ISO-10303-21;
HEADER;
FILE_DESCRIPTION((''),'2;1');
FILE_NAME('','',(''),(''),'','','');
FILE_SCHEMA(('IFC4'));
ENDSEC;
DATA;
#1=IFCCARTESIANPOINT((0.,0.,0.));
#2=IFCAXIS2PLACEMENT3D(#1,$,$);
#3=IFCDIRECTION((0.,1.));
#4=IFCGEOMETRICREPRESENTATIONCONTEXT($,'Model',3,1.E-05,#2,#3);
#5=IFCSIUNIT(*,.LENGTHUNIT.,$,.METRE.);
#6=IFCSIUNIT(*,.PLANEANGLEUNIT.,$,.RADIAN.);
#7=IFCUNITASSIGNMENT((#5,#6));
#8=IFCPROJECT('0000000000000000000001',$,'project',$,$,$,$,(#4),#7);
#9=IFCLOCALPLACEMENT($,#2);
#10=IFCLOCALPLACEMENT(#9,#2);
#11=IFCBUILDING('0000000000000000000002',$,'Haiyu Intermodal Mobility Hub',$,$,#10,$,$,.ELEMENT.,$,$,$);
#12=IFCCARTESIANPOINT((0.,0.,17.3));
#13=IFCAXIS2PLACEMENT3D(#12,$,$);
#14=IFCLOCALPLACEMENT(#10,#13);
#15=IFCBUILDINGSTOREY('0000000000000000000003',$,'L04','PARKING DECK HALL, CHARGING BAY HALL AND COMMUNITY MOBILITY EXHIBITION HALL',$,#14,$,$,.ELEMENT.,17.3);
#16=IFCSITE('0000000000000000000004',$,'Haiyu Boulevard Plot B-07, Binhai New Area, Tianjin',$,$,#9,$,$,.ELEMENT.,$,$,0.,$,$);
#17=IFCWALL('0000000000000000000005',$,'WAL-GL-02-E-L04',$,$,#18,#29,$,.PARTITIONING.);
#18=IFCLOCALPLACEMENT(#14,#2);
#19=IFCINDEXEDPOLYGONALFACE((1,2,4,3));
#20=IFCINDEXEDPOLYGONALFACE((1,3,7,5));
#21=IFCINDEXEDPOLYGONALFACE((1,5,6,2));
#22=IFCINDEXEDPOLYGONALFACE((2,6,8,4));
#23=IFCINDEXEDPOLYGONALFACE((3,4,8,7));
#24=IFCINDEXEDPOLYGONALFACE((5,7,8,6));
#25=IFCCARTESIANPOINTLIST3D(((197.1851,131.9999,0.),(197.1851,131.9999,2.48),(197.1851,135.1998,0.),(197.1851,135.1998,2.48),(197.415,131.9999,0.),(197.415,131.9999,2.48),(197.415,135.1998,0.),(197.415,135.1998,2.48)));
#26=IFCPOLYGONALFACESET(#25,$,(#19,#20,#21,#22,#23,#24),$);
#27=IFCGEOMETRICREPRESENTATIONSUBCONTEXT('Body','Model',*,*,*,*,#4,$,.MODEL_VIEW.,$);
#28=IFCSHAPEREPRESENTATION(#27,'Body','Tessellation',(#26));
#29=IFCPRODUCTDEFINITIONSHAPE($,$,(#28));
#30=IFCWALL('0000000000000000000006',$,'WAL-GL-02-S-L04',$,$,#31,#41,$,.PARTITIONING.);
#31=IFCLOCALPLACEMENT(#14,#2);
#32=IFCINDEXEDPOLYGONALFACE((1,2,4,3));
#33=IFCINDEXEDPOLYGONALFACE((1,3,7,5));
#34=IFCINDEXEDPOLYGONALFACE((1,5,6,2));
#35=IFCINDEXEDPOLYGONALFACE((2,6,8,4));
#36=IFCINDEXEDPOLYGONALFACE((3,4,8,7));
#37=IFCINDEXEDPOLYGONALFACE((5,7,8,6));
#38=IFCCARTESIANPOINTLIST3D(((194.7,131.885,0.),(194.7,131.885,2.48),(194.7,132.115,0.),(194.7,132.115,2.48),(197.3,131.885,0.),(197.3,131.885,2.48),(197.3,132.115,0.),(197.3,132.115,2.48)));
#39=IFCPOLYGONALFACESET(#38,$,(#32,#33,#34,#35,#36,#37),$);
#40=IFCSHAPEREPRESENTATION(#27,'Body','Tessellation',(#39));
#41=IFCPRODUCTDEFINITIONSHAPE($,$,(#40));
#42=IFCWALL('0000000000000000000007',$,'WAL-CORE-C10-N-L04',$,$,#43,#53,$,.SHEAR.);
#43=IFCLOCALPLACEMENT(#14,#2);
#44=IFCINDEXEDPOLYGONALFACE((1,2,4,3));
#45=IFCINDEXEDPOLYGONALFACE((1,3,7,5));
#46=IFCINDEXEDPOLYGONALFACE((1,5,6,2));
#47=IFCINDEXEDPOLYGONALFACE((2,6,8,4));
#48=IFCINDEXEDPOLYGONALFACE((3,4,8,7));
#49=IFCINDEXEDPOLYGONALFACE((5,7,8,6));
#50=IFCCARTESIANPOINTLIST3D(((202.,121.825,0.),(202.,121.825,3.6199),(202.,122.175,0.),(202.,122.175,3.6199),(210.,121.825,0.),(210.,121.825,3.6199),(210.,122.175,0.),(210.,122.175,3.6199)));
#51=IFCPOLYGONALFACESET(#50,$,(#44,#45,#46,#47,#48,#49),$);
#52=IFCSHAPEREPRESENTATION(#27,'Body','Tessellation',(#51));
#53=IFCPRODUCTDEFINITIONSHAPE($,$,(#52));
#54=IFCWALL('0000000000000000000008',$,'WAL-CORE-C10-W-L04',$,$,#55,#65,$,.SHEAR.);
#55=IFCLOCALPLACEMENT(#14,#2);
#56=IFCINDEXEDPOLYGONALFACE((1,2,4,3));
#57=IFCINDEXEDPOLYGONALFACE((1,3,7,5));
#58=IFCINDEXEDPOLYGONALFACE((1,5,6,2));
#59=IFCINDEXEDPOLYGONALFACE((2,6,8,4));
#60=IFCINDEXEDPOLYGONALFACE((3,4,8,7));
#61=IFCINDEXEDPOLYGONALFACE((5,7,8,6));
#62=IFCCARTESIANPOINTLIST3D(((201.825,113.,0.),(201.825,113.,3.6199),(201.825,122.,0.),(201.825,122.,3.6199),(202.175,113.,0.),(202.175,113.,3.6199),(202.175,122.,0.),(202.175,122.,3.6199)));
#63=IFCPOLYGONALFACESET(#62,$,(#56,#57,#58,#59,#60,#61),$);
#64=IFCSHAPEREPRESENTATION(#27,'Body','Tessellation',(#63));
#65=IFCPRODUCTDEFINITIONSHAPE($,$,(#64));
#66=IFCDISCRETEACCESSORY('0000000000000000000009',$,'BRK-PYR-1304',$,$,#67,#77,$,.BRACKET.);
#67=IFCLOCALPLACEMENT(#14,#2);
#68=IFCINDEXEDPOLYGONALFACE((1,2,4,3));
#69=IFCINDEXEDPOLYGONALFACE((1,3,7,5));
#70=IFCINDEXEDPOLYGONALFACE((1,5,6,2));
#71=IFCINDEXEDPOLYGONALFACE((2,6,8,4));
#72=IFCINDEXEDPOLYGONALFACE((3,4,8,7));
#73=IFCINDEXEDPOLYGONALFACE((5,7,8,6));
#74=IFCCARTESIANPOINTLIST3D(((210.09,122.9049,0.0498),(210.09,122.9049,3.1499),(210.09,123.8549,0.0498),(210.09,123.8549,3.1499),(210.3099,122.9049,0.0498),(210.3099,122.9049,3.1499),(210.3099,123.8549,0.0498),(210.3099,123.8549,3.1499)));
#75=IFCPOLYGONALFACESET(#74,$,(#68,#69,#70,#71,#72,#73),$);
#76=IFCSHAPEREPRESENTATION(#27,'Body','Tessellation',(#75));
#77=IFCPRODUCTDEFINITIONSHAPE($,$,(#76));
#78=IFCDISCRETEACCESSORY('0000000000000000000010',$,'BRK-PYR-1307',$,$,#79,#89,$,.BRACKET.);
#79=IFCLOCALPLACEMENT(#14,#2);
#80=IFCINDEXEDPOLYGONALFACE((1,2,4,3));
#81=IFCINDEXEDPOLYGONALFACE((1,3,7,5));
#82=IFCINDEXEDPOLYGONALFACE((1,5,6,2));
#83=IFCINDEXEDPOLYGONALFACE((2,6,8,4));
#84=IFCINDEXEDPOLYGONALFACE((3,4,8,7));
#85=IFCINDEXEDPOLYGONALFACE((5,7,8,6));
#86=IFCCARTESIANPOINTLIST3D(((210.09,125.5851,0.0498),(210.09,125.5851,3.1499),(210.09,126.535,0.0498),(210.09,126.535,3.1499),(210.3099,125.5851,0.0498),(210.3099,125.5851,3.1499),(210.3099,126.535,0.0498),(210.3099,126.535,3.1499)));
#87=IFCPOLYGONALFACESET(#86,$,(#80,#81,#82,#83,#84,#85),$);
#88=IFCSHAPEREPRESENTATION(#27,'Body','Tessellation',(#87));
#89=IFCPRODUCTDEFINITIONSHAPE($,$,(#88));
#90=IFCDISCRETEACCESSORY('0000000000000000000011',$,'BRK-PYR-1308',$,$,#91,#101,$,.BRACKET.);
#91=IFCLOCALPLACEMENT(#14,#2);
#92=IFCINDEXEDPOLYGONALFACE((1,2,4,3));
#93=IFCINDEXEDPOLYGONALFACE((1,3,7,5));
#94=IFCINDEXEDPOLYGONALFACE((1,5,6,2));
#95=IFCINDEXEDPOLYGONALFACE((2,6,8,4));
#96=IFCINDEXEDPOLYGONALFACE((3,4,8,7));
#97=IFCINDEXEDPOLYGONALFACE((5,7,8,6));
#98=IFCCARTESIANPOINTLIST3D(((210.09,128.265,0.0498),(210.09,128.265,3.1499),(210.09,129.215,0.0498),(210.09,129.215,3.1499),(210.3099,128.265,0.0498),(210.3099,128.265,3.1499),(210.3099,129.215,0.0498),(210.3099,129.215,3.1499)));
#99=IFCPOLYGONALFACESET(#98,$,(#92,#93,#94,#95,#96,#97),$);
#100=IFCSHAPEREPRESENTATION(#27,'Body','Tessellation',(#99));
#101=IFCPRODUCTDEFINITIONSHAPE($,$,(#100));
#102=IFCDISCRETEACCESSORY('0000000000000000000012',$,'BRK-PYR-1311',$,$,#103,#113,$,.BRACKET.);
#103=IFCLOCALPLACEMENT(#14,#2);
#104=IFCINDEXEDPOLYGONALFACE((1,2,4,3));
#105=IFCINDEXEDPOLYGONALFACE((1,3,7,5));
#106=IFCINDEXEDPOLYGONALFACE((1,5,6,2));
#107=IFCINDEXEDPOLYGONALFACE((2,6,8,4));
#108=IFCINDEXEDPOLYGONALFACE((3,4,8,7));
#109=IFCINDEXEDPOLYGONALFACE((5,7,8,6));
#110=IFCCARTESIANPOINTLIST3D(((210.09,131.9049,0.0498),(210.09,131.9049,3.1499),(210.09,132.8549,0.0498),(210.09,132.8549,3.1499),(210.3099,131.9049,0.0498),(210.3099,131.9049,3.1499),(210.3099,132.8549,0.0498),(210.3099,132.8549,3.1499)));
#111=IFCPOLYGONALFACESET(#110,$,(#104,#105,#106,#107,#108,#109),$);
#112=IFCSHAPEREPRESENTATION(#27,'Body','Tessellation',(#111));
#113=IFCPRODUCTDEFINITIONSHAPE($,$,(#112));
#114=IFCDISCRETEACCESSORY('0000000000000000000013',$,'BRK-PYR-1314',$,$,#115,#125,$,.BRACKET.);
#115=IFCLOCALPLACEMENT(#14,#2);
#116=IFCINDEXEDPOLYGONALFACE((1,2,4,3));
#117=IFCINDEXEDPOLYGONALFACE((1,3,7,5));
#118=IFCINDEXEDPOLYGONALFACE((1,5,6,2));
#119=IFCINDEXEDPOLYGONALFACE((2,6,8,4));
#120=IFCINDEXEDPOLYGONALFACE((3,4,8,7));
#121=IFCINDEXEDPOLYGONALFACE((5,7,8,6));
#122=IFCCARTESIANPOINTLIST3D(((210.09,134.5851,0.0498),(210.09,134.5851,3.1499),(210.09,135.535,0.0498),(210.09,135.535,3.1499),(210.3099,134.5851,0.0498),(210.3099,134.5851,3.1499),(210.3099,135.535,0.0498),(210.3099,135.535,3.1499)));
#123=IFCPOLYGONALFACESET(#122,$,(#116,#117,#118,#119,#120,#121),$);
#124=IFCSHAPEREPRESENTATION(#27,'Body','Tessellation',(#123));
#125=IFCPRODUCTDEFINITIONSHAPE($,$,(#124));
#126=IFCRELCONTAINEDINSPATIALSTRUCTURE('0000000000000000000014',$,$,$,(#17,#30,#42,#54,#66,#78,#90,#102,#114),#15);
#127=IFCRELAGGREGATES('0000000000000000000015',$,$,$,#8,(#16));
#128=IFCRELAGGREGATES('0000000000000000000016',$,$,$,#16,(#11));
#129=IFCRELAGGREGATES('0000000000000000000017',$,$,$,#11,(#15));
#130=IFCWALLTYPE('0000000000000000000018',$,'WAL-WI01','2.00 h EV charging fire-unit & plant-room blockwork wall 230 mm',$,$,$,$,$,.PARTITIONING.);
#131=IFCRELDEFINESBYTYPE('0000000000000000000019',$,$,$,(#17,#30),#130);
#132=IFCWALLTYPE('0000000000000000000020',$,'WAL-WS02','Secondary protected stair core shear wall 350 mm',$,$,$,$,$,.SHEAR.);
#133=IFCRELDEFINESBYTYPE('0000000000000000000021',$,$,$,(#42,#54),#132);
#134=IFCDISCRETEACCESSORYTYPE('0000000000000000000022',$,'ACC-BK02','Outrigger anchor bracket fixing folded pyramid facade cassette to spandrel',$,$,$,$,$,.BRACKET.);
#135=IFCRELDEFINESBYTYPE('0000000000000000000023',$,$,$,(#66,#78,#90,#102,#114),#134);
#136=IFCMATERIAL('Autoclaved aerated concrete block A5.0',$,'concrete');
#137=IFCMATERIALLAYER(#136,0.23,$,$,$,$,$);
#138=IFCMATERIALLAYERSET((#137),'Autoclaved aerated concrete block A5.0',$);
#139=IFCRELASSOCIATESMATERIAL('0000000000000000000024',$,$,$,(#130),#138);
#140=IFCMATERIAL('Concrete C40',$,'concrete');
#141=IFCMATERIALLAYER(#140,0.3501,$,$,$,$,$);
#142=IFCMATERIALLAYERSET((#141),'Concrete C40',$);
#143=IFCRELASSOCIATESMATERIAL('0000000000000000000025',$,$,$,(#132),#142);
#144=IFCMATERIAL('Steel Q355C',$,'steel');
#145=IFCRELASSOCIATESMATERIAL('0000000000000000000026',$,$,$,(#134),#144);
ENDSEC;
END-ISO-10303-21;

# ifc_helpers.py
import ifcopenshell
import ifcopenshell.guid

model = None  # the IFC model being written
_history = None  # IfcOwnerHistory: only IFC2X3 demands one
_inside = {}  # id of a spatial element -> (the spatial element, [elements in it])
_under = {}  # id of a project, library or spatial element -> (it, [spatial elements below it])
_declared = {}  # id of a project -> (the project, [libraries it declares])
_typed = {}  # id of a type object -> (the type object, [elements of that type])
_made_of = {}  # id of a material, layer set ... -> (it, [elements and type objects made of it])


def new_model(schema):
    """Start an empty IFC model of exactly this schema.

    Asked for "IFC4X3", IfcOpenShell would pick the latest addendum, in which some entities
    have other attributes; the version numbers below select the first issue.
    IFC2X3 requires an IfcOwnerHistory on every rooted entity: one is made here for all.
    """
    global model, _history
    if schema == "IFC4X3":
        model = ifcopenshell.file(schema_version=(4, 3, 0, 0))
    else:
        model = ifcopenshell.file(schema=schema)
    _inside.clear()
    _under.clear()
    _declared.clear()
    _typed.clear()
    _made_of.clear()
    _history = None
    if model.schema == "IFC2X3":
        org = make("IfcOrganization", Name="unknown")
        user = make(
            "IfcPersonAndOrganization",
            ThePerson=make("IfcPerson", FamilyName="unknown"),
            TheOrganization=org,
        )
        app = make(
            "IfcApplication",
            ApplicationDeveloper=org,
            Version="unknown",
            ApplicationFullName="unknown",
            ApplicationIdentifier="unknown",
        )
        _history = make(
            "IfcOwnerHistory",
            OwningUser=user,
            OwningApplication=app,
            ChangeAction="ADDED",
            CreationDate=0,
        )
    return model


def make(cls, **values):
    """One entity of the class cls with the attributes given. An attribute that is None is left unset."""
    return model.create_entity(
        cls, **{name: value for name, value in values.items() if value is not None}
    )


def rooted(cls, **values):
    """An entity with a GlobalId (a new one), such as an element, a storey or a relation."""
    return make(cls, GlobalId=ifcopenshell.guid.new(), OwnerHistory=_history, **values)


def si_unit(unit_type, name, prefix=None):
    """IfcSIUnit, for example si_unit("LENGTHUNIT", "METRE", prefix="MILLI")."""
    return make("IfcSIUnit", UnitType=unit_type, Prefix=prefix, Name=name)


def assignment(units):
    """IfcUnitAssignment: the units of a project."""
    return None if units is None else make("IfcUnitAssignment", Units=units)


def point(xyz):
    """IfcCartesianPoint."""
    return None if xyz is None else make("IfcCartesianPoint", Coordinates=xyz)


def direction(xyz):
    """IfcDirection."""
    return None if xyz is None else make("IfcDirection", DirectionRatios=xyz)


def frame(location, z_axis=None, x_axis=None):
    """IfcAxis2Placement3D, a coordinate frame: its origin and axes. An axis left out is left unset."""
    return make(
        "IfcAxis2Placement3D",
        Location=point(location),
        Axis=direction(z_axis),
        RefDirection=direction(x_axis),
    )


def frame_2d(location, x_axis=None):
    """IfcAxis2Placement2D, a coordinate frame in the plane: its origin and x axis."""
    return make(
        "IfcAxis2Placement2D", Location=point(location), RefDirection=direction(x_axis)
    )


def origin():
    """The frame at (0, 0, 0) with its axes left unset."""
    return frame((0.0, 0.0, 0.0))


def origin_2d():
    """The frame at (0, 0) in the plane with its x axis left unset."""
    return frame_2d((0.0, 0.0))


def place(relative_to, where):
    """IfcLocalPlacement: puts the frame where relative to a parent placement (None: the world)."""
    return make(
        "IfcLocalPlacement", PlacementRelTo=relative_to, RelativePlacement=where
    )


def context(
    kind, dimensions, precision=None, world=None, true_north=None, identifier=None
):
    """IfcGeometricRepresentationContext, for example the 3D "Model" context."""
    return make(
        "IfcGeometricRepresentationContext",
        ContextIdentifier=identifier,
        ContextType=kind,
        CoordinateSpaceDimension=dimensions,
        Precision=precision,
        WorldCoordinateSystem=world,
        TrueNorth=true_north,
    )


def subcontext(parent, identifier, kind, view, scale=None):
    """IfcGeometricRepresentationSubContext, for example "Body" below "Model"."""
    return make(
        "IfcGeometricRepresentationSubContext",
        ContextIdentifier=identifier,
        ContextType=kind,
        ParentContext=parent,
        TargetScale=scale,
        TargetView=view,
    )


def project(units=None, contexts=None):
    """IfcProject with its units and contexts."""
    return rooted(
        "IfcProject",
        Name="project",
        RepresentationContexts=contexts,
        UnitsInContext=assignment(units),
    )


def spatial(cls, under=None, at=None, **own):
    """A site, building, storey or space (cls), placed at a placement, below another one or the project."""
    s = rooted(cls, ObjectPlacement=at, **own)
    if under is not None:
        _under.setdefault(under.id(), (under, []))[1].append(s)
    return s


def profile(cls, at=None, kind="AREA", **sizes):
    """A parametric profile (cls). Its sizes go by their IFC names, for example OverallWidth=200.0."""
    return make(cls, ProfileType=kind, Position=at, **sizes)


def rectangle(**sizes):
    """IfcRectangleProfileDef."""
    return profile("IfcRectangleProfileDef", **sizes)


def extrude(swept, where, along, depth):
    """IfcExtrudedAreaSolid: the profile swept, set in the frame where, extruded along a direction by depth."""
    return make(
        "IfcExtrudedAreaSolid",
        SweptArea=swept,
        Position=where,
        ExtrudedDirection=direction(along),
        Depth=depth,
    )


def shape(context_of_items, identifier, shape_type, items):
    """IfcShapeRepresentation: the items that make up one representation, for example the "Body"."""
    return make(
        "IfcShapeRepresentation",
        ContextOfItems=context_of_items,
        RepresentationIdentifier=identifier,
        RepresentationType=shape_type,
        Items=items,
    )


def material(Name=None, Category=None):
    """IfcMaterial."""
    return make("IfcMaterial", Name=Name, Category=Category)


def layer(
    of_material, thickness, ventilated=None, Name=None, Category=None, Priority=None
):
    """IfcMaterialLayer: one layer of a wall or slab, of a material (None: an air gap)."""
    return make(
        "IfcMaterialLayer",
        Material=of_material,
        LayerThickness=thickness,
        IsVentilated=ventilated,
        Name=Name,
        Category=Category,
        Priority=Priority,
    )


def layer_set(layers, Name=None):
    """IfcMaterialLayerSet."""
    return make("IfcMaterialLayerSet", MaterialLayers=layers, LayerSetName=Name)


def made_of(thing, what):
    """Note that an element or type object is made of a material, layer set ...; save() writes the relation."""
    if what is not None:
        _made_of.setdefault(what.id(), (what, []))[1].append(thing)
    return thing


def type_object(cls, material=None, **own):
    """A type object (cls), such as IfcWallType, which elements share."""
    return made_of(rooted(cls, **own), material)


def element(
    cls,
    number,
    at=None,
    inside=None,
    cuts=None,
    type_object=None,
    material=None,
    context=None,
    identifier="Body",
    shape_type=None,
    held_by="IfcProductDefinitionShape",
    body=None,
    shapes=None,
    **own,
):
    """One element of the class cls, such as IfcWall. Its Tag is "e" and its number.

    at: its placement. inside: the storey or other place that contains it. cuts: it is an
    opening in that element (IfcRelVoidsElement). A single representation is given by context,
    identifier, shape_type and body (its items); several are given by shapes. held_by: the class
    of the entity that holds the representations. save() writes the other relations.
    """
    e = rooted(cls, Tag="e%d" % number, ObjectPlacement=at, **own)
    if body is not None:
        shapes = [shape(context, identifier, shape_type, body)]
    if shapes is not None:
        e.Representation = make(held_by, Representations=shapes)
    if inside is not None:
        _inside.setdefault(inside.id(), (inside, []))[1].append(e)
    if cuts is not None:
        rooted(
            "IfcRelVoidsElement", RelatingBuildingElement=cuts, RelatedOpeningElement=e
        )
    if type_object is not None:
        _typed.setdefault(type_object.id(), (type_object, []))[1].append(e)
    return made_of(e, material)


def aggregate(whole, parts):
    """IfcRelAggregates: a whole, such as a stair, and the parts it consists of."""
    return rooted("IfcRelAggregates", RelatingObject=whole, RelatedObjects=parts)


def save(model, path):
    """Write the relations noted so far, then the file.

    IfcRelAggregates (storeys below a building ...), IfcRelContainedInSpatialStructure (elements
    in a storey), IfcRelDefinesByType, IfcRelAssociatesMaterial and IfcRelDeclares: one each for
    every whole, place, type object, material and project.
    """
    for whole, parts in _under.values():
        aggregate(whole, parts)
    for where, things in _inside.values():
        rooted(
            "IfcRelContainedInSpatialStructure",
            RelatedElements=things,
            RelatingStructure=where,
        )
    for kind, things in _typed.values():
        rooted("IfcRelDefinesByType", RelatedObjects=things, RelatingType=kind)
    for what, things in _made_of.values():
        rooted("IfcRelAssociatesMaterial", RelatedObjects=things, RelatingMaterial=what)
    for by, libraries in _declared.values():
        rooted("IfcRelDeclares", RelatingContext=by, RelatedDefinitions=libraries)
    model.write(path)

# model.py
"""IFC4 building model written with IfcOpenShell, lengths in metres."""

from ifc_helpers import new_model, si_unit, direction, frame, frame_2d, origin, origin_2d, place, context, subcontext, project, spatial, rectangle, extrude, material, layer, layer_set, type_object, element, save


model = new_model("IFC4")

# Units and contexts
model_context = context("Model", 3, precision=1e-05, world=origin(), true_north=direction((0.0, 1.0)))
body_context = subcontext(model_context, "Body", "Model", "MODEL_VIEW")
ifc_project = project(units=[si_unit("LENGTHUNIT", "METRE"), si_unit("PLANEANGLEUNIT", "RADIAN")], contexts=[model_context])

# Site, building, storey
site_placement = place(None, origin())
site = spatial("IfcSite", under=ifc_project, at=site_placement, Name="Haiyu Boulevard Plot B-07, Binhai New Area, Tianjin", CompositionType="ELEMENT", RefElevation=0.0)
building_placement = place(site_placement, origin())
building = spatial("IfcBuilding", under=site, at=building_placement, Name="Haiyu Intermodal Mobility Hub", CompositionType="ELEMENT")
storey_placement = place(building_placement, frame((0.0, 0.0, 17.3)))
storey = spatial("IfcBuildingStorey", under=building, at=storey_placement, Name="L04", Description="PARKING DECK HALL, CHARGING BAY HALL AND COMMUNITY MOBILITY EXHIBITION HALL", CompositionType="ELEMENT", Elevation=17.3)

# Shared definitions
ifc_material_1 = material(Name="Concrete C40", Category="concrete")

# Shared definitions
ifc_material_2 = material(Name="Autoclaved aerated concrete block A5.0", Category="concrete")
ifc_layer_1 = layer(ifc_material_2, 0.23)
ifc_layer_set_1 = layer_set([ifc_layer_1], Name="Autoclaved aerated concrete block A5.0")
wall_type_1 = type_object("IfcWallType", Name="WAL-WI01", Description="2.00 h EV charging fire-unit & plant-room blockwork wall 230 mm", PredefinedType="PARTITIONING", material=ifc_layer_set_1)
ifc_material_3 = material(Name="Steel Q355C", Category="steel")

# Walls
wall_1_placement = place(storey_placement, frame((197.3, 135.2, 0.0), z_axis=(0.0, 0.0, 1.0), x_axis=(0.0, -1.0, 0.0)))
element("IfcWall", 1, at=wall_1_placement, inside=storey, type_object=wall_type_1, Name="WAL-GL-02-E-L04", PredefinedType="PARTITIONING", context=body_context, shape_type="SweptSolid", body=[
    extrude(rectangle(XDim=3.2, YDim=0.23, at=frame_2d((1.6001, 0.0))), origin(), (0.0, 0.0, 1.0), 2.48),
])
wall_2_placement = place(storey_placement, frame((197.3, 132.0, 0.0), z_axis=(0.0, 0.0, 1.0), x_axis=(-1.0, 0.0, 0.0)))
element("IfcWall", 2, at=wall_2_placement, inside=storey, type_object=wall_type_1, Name="WAL-GL-02-S-L04", PredefinedType="PARTITIONING", context=body_context, shape_type="SweptSolid", body=[
    extrude(rectangle(XDim=2.6001, YDim=0.23, at=frame_2d((1.3, 0.0))), origin(), (0.0, 0.0, 1.0), 2.48),
])
ifc_layer_2 = layer(ifc_material_1, 0.3501)
ifc_layer_set_2 = layer_set([ifc_layer_2], Name="Concrete C40")
wall_type_2 = type_object("IfcWallType", Name="WAL-WS02", Description="Secondary protected stair core shear wall 350 mm", PredefinedType="SHEAR", material=ifc_layer_set_2)
wall_3_placement = place(storey_placement, frame((210.0, 122.0, 0.0), z_axis=(0.0, 0.0, 1.0), x_axis=(-1.0, 0.0, 0.0)))
element("IfcWall", 3, at=wall_3_placement, inside=storey, type_object=wall_type_2, Name="WAL-CORE-C10-N-L04", PredefinedType="SHEAR", context=body_context, shape_type="SweptSolid", body=[
    extrude(rectangle(XDim=8.0, YDim=0.3501, at=frame_2d((4.0, 0.0))), origin(), (0.0, 0.0, 1.0), 3.6199),
])
wall_4_placement = place(storey_placement, frame((202.0, 122.0, 0.0), z_axis=(0.0, 0.0, 1.0), x_axis=(0.0, -1.0, 0.0)))
element("IfcWall", 4, at=wall_4_placement, inside=storey, type_object=wall_type_2, Name="WAL-CORE-C10-W-L04", PredefinedType="SHEAR", context=body_context, shape_type="SweptSolid", body=[
    extrude(rectangle(XDim=9.0, YDim=0.3501, at=frame_2d((4.5, 0.0))), origin(), (0.0, 0.0, 1.0), 3.6199),
])

# Discrete accessories
discrete_accessory_type = type_object("IfcDiscreteAccessoryType", Name="ACC-BK02", Description="Outrigger anchor bracket fixing folded pyramid facade cassette to spandrel", PredefinedType="BRACKET", material=ifc_material_3)
for number, where, z_axis, x_axis, name in (
    (5, (210.2, 123.3799, 0.0498), (0.0, 0.0, 1.0), (1.0, 0.0, 0.0), "BRK-PYR-1304"),
    (6, (210.2, 126.0601, 0.0498), (0.0, 0.0, 1.0), (1.0, 0.0, 0.0), "BRK-PYR-1307"),
    (7, (210.2, 128.74, 0.0498), (0.0, 0.0, 1.0), (1.0, 0.0, 0.0), "BRK-PYR-1308"),
    (8, (210.2, 132.3799, 0.0498), (0.0, 0.0, 1.0), (1.0, 0.0, 0.0), "BRK-PYR-1311"),
    (9, (210.2, 135.0601, 0.0498), (0.0, 0.0, 1.0), (1.0, 0.0, 0.0), "BRK-PYR-1314"),
):
    element("IfcDiscreteAccessory", number, at=place(storey_placement, frame(where, z_axis=z_axis, x_axis=x_axis)), inside=storey, type_object=discrete_accessory_type, Name=name, PredefinedType="BRACKET", context=body_context, shape_type="SweptSolid", body=[
        extrude(rectangle(XDim=0.22, YDim=0.95, at=origin_2d()), origin(), (0.0, 0.0, 1.0), 3.1001),
    ])

save(model, "model.ifc")
